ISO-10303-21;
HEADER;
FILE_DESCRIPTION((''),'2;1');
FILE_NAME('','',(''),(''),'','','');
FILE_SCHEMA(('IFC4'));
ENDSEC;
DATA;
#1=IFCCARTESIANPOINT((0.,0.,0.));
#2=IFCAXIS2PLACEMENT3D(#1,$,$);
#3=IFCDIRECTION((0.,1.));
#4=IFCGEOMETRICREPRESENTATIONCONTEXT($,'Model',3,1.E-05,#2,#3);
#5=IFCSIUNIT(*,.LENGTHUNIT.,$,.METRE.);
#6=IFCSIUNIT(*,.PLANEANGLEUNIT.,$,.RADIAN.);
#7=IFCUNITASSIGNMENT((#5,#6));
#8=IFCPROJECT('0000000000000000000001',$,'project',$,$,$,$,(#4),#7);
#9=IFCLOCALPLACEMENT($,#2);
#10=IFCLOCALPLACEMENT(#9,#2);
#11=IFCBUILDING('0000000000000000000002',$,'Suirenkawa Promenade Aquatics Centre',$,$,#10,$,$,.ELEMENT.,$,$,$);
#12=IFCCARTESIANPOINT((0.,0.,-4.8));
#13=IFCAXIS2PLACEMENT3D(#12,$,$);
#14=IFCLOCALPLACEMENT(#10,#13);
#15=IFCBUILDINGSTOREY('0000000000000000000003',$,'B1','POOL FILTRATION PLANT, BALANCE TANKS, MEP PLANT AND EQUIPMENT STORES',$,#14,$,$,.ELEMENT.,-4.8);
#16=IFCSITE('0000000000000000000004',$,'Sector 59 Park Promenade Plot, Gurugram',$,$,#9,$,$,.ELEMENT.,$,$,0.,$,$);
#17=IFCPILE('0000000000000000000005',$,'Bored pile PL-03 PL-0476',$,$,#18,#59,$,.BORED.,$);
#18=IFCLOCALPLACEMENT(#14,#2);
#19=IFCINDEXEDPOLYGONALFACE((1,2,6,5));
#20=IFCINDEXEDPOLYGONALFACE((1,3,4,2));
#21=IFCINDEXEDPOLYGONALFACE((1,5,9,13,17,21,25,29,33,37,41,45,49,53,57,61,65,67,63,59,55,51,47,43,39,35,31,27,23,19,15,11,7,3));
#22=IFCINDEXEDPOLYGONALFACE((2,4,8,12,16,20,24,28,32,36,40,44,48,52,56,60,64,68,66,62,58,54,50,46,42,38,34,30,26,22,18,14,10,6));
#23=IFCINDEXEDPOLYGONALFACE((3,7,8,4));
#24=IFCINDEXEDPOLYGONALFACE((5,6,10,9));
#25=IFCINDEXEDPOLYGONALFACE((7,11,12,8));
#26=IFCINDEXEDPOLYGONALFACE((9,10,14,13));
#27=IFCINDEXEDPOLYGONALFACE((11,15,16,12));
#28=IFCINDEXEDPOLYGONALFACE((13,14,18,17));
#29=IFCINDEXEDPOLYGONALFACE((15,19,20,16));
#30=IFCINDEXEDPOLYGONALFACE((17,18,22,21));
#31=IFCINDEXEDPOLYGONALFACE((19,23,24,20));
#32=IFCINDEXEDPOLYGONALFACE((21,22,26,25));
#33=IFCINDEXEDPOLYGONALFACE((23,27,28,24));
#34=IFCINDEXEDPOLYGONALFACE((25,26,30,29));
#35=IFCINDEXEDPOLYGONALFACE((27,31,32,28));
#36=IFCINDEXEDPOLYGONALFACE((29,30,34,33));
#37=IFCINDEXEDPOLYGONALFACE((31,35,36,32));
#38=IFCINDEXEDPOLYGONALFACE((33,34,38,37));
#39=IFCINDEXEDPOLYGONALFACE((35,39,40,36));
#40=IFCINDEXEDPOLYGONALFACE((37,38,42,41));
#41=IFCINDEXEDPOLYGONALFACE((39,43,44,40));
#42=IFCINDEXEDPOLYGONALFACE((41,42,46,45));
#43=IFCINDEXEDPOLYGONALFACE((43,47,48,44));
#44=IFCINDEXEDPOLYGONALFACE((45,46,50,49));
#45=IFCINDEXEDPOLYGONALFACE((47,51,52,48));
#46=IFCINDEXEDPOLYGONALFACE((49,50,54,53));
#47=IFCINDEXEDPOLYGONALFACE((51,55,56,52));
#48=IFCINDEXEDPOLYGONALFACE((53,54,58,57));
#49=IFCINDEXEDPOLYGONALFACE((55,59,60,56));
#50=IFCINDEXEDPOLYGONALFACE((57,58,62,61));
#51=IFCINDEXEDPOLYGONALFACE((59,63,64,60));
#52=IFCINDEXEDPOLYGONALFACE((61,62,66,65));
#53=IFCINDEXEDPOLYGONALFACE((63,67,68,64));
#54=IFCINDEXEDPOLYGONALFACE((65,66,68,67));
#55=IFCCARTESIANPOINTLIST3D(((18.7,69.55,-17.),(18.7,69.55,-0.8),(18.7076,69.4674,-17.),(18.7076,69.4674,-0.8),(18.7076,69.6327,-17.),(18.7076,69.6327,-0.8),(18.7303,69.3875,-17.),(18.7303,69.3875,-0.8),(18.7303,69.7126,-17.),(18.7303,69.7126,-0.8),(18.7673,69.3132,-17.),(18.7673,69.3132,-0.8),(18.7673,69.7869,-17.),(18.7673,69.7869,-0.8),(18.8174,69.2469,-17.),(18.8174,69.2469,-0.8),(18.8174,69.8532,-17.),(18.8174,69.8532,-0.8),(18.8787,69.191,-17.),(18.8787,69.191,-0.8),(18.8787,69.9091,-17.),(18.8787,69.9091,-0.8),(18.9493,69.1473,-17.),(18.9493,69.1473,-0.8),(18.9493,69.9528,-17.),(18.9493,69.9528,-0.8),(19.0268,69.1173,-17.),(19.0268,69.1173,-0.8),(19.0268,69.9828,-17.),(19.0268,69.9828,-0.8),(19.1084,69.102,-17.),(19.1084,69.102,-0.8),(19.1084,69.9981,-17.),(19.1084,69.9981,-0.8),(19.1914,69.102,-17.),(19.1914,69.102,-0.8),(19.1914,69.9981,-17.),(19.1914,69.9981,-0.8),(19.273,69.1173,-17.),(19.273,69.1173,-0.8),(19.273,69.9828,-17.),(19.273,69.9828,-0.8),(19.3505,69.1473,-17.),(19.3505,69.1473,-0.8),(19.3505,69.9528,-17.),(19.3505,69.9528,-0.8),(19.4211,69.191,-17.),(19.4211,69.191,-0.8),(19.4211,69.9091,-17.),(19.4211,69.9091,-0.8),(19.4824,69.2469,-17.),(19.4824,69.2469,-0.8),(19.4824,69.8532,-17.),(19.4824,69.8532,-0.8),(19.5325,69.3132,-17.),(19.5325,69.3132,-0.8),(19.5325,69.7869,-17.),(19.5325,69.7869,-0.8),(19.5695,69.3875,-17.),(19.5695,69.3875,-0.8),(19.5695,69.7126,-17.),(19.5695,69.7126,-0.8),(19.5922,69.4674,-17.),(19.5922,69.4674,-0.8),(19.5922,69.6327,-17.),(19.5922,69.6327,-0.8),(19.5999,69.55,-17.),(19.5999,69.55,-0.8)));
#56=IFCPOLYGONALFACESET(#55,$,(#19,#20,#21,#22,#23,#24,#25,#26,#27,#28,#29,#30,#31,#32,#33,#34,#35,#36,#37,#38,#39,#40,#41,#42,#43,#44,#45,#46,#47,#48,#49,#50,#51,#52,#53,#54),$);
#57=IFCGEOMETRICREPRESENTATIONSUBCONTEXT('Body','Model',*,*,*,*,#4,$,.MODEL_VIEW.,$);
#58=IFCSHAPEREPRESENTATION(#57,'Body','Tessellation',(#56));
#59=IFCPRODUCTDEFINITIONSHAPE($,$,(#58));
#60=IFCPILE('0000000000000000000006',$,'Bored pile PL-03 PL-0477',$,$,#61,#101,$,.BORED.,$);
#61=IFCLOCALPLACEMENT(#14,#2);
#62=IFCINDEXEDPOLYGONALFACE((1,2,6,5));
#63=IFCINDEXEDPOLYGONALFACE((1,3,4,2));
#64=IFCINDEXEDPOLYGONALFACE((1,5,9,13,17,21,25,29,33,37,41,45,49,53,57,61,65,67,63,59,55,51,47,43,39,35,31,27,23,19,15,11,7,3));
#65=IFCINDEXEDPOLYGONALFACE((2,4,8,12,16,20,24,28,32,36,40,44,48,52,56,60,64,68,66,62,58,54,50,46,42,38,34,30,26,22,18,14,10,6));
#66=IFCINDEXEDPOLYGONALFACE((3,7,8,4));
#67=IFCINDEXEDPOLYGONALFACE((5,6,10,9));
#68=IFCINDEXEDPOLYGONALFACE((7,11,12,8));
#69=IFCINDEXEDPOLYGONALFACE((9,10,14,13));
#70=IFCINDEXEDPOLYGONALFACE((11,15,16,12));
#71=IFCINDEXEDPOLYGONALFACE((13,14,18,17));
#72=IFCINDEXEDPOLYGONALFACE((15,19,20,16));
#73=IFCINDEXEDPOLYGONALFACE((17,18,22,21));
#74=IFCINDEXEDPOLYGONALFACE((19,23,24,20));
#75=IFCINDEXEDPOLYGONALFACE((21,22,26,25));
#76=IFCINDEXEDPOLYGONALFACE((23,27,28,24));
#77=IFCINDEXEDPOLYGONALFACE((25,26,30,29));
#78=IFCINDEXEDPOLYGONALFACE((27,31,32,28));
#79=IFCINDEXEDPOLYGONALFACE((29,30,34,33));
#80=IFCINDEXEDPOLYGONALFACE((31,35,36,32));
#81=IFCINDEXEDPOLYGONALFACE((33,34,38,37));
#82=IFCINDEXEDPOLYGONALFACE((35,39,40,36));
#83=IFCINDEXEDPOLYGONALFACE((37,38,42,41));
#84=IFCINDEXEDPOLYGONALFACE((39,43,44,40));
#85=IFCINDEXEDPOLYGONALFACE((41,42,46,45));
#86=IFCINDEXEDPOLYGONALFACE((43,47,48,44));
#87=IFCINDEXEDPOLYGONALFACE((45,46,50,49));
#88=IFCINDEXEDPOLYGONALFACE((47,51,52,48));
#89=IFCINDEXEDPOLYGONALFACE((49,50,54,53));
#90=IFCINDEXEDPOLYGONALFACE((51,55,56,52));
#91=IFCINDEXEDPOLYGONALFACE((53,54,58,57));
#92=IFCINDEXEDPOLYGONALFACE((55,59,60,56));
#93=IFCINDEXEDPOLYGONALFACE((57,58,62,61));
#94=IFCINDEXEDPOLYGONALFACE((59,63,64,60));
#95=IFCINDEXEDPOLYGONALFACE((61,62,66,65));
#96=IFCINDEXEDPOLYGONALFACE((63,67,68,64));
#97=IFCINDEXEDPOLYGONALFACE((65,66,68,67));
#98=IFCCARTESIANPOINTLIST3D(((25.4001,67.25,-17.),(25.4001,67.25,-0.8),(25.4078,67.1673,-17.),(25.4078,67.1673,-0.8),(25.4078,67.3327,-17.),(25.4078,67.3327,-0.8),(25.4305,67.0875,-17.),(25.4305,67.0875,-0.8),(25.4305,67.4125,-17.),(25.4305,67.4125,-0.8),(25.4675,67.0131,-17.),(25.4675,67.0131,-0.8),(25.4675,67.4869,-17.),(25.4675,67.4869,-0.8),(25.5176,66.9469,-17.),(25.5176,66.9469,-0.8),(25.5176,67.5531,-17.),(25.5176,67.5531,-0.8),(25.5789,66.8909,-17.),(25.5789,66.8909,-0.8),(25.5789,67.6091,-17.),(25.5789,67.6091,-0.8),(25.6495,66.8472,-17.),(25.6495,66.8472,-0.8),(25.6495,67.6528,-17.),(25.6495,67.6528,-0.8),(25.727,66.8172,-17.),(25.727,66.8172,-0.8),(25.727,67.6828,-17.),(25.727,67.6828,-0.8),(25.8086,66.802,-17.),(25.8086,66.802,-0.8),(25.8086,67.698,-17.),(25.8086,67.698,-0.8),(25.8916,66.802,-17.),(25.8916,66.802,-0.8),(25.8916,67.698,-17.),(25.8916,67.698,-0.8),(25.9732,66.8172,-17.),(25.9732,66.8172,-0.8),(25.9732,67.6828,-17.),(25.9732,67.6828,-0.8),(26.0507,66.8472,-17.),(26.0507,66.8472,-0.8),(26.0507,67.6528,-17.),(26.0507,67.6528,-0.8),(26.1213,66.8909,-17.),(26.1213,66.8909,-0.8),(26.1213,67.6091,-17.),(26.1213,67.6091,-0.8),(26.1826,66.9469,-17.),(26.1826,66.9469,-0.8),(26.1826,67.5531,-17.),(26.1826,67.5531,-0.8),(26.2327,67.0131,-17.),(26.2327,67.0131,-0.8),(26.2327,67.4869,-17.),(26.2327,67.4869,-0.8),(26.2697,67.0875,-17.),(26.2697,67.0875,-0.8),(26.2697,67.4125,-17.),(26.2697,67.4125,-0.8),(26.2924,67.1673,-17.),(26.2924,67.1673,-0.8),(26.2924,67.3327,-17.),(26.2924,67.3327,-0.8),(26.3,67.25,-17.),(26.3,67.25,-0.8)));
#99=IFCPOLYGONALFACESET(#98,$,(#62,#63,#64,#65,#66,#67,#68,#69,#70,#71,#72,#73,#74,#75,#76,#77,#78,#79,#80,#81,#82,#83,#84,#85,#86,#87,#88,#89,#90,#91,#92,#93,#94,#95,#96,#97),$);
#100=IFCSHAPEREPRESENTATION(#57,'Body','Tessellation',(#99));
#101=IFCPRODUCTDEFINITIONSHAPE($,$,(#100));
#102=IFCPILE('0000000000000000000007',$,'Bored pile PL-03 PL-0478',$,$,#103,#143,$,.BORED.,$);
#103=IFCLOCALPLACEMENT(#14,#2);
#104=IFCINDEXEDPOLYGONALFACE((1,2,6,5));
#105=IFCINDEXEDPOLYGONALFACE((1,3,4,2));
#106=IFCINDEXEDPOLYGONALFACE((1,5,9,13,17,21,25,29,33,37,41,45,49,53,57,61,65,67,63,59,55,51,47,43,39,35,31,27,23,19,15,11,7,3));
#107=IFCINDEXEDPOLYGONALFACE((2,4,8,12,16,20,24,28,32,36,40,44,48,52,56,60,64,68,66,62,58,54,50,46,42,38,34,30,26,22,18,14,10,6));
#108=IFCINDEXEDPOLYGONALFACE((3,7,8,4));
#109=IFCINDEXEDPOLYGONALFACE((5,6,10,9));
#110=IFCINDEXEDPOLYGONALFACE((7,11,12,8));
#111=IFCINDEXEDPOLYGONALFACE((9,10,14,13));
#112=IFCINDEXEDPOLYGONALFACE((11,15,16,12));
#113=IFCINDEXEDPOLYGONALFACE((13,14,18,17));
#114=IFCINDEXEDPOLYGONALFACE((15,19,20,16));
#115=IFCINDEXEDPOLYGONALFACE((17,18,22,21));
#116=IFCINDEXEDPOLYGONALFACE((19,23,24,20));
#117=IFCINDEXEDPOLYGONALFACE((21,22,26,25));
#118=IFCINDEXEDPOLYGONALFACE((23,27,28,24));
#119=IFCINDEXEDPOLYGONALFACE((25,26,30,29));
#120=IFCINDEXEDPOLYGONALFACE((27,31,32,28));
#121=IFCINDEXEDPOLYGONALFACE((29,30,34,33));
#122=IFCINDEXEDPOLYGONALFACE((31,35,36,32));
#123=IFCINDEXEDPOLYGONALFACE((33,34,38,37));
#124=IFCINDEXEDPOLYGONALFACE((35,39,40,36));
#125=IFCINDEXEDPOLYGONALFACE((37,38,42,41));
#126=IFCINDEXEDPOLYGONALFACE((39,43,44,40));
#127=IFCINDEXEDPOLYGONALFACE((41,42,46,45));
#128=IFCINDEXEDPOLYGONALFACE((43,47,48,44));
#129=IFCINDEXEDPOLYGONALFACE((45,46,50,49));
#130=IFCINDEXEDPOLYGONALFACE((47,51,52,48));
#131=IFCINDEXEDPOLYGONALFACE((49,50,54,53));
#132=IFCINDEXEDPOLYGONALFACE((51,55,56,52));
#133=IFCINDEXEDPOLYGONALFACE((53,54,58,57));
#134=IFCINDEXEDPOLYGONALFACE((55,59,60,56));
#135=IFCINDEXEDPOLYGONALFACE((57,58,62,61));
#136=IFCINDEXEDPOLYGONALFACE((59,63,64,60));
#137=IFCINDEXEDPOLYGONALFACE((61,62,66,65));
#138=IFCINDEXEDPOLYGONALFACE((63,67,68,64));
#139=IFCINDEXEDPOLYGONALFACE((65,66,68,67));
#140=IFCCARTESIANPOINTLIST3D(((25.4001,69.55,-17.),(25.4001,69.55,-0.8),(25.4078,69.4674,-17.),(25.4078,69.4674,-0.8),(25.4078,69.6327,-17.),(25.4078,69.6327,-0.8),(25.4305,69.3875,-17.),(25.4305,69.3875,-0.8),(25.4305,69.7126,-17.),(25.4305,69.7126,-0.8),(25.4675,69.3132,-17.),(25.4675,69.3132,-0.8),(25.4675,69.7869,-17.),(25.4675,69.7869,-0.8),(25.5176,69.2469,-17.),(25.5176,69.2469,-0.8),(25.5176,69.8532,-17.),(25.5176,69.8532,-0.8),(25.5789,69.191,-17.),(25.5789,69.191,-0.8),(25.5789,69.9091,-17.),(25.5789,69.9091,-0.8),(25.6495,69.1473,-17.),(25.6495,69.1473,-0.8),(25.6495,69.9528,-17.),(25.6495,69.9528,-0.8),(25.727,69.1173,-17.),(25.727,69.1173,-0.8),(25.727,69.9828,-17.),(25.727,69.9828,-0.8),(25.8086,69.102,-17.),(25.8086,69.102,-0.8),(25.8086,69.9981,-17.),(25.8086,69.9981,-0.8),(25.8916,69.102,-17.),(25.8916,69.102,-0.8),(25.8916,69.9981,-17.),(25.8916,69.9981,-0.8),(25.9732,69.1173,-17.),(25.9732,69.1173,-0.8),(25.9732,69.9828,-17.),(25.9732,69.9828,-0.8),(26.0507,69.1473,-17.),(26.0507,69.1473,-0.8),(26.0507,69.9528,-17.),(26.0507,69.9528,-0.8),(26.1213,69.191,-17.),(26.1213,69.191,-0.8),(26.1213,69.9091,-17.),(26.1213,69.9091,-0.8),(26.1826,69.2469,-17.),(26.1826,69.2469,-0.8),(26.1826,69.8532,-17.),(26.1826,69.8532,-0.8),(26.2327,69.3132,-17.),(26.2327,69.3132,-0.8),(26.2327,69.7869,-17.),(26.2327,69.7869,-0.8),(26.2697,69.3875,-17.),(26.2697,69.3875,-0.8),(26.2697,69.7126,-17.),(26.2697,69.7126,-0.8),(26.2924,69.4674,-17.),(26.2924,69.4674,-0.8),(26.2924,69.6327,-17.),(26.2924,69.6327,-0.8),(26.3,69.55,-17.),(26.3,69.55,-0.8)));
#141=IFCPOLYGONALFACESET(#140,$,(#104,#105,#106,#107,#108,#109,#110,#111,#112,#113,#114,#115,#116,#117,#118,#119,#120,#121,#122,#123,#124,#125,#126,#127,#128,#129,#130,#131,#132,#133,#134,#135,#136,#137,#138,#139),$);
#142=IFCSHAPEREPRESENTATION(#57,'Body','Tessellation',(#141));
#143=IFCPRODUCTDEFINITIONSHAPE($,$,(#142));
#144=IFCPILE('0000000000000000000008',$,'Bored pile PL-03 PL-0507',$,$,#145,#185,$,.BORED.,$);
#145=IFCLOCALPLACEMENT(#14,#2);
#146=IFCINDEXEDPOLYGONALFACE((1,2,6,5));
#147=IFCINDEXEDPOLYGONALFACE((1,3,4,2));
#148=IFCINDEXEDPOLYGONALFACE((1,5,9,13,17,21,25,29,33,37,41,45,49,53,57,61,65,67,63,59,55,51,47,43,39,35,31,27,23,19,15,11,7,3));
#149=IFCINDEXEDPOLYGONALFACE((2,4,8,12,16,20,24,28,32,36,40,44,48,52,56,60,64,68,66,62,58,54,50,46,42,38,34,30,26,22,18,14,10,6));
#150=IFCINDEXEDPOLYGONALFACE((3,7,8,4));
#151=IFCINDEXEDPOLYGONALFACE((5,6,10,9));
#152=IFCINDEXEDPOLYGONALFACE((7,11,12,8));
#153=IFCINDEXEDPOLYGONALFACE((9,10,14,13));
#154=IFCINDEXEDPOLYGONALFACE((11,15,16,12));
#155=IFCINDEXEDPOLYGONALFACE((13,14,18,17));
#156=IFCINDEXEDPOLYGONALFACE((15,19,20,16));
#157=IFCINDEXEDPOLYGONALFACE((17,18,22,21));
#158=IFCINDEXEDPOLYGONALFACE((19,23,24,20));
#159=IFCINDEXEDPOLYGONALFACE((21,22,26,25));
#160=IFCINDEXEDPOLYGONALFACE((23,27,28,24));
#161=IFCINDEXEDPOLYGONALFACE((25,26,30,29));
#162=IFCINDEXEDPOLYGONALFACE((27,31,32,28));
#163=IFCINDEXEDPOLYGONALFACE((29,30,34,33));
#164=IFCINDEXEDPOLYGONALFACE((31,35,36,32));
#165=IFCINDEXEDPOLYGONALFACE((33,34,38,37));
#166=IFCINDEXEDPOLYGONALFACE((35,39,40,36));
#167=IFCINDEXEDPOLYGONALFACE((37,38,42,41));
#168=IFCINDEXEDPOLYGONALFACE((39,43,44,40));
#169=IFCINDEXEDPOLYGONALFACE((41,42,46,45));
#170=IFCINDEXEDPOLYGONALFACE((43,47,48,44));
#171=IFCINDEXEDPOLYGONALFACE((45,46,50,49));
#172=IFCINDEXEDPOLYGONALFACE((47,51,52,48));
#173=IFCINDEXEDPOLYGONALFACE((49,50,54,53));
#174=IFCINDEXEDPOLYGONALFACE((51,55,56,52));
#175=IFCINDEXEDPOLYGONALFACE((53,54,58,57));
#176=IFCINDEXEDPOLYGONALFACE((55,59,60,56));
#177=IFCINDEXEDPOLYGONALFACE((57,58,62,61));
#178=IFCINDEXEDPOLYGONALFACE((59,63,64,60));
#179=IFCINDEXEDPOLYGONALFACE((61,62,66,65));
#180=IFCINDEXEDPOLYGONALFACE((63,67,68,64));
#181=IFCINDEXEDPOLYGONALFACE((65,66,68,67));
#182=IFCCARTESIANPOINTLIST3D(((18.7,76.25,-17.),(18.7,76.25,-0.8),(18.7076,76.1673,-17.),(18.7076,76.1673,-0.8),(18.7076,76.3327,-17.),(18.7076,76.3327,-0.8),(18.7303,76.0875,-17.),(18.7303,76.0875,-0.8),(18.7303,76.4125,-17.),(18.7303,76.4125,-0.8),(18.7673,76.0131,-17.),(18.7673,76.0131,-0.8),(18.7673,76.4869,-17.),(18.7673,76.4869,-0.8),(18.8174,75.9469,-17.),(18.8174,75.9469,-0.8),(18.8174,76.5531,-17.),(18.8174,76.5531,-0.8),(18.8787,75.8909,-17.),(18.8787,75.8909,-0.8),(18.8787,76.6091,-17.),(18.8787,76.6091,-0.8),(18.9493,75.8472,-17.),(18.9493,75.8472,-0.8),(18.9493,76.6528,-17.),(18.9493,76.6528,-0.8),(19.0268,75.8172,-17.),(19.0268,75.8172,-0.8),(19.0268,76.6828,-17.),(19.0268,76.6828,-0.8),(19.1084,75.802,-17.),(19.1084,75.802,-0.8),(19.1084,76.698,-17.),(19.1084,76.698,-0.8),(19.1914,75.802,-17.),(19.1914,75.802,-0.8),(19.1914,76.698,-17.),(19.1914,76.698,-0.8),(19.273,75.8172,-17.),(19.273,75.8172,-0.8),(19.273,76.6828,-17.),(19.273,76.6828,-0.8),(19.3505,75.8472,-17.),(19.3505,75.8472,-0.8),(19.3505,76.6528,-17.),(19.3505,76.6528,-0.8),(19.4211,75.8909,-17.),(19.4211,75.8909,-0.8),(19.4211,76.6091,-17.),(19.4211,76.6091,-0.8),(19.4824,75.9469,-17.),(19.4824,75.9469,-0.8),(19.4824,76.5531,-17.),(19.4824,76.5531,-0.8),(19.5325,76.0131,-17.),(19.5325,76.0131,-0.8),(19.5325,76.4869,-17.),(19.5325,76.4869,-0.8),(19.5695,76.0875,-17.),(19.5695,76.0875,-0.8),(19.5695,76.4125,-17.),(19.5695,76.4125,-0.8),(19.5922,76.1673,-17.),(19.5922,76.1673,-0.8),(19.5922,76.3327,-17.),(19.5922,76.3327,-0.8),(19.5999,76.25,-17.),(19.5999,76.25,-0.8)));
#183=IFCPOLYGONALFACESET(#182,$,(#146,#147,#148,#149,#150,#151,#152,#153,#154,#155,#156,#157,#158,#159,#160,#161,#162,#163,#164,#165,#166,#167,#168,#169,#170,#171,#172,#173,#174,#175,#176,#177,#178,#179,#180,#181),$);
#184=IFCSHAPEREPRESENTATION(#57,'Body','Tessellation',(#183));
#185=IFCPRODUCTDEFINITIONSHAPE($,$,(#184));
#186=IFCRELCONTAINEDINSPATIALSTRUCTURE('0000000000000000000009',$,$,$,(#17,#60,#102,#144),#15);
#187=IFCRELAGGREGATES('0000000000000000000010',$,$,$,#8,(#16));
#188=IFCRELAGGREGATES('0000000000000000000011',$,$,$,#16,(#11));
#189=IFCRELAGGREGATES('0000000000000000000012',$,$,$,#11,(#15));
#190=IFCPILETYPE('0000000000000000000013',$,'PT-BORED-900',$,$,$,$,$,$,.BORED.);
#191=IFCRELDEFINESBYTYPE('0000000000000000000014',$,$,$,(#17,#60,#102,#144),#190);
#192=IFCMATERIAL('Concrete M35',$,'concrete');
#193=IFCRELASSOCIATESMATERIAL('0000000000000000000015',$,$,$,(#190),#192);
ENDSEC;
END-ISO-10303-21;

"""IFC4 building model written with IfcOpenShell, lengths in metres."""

from ifc_helpers import new_model, si_unit, direction, frame, origin, origin_2d, place, context, subcontext, project, spatial, circle, extrude, material, material_profile, profile_set, type_object, element, save


model = new_model("IFC4")

# Units and contexts
model_context = context("Model", 3, precision=1e-05, world=origin(), true_north=direction((0.0, 1.0)))
body_context = subcontext(model_context, "Body", "Model", "MODEL_VIEW")
ifc_project = project(units=[si_unit("LENGTHUNIT", "METRE"), si_unit("PLANEANGLEUNIT", "RADIAN")], contexts=[model_context])

# Site, building, storey
site_placement = place(None, origin())
site = spatial("IfcSite", under=ifc_project, at=site_placement, Name="Sector 59 Park Promenade Plot, Gurugram", CompositionType="ELEMENT", RefElevation=0.0)
building_placement = place(site_placement, origin())
building = spatial("IfcBuilding", under=site, at=building_placement, Name="Suirenkawa Promenade Aquatics Centre", CompositionType="ELEMENT")
storey_placement = place(building_placement, frame((0.0, 0.0, -4.8)))
storey = spatial("IfcBuildingStorey", under=building, at=storey_placement, Name="B1", Description="POOL FILTRATION PLANT, BALANCE TANKS, MEP PLANT AND EQUIPMENT STORES", CompositionType="ELEMENT", Elevation=-4.8)

# Shared definitions
ifc_material_1 = material(Name="Concrete M35", Category="concrete")

# Piles
ifc_material_profile_1 = material_profile(ifc_material_1, circle(Radius=0.45, at=origin_2d()), Name="PILE D900", Category="concrete")
ifc_profile_set_1 = profile_set([ifc_material_profile_1], Name="Concrete M35")
pile_type_1 = type_object("IfcPileType", Name="PT-BORED-900", PredefinedType="BORED", material=ifc_profile_set_1)
for number, where, z_axis, x_axis, name in (
    (1, (19.1499, 69.55, -0.8), (0.0, 0.0, -1.0), (1.0, 0.0, 0.0), "Bored pile PL-03 PL-0476"),
    (2, (25.8501, 67.25, -0.8), (0.0, 0.0, -1.0), (1.0, 0.0, 0.0), "Bored pile PL-03 PL-0477"),
    (3, (25.8501, 69.55, -0.8), (0.0, 0.0, -1.0), (1.0, 0.0, 0.0), "Bored pile PL-03 PL-0478"),
    (4, (19.1499, 76.25, -0.8), (0.0, 0.0, -1.0), (1.0, 0.0, 0.0), "Bored pile PL-03 PL-0507"),
):
    element("IfcPile", number, at=place(storey_placement, frame(where, z_axis=z_axis, x_axis=x_axis)), inside=storey, type_object=pile_type_1, Name=name, PredefinedType="BORED", context=body_context, shape_type="SweptSolid", body=[
        extrude(circle(Radius=0.45, at=origin_2d()), origin(), (0.0, 0.0, 1.0), 16.2),
    ])

save(model, "model.ifc")
